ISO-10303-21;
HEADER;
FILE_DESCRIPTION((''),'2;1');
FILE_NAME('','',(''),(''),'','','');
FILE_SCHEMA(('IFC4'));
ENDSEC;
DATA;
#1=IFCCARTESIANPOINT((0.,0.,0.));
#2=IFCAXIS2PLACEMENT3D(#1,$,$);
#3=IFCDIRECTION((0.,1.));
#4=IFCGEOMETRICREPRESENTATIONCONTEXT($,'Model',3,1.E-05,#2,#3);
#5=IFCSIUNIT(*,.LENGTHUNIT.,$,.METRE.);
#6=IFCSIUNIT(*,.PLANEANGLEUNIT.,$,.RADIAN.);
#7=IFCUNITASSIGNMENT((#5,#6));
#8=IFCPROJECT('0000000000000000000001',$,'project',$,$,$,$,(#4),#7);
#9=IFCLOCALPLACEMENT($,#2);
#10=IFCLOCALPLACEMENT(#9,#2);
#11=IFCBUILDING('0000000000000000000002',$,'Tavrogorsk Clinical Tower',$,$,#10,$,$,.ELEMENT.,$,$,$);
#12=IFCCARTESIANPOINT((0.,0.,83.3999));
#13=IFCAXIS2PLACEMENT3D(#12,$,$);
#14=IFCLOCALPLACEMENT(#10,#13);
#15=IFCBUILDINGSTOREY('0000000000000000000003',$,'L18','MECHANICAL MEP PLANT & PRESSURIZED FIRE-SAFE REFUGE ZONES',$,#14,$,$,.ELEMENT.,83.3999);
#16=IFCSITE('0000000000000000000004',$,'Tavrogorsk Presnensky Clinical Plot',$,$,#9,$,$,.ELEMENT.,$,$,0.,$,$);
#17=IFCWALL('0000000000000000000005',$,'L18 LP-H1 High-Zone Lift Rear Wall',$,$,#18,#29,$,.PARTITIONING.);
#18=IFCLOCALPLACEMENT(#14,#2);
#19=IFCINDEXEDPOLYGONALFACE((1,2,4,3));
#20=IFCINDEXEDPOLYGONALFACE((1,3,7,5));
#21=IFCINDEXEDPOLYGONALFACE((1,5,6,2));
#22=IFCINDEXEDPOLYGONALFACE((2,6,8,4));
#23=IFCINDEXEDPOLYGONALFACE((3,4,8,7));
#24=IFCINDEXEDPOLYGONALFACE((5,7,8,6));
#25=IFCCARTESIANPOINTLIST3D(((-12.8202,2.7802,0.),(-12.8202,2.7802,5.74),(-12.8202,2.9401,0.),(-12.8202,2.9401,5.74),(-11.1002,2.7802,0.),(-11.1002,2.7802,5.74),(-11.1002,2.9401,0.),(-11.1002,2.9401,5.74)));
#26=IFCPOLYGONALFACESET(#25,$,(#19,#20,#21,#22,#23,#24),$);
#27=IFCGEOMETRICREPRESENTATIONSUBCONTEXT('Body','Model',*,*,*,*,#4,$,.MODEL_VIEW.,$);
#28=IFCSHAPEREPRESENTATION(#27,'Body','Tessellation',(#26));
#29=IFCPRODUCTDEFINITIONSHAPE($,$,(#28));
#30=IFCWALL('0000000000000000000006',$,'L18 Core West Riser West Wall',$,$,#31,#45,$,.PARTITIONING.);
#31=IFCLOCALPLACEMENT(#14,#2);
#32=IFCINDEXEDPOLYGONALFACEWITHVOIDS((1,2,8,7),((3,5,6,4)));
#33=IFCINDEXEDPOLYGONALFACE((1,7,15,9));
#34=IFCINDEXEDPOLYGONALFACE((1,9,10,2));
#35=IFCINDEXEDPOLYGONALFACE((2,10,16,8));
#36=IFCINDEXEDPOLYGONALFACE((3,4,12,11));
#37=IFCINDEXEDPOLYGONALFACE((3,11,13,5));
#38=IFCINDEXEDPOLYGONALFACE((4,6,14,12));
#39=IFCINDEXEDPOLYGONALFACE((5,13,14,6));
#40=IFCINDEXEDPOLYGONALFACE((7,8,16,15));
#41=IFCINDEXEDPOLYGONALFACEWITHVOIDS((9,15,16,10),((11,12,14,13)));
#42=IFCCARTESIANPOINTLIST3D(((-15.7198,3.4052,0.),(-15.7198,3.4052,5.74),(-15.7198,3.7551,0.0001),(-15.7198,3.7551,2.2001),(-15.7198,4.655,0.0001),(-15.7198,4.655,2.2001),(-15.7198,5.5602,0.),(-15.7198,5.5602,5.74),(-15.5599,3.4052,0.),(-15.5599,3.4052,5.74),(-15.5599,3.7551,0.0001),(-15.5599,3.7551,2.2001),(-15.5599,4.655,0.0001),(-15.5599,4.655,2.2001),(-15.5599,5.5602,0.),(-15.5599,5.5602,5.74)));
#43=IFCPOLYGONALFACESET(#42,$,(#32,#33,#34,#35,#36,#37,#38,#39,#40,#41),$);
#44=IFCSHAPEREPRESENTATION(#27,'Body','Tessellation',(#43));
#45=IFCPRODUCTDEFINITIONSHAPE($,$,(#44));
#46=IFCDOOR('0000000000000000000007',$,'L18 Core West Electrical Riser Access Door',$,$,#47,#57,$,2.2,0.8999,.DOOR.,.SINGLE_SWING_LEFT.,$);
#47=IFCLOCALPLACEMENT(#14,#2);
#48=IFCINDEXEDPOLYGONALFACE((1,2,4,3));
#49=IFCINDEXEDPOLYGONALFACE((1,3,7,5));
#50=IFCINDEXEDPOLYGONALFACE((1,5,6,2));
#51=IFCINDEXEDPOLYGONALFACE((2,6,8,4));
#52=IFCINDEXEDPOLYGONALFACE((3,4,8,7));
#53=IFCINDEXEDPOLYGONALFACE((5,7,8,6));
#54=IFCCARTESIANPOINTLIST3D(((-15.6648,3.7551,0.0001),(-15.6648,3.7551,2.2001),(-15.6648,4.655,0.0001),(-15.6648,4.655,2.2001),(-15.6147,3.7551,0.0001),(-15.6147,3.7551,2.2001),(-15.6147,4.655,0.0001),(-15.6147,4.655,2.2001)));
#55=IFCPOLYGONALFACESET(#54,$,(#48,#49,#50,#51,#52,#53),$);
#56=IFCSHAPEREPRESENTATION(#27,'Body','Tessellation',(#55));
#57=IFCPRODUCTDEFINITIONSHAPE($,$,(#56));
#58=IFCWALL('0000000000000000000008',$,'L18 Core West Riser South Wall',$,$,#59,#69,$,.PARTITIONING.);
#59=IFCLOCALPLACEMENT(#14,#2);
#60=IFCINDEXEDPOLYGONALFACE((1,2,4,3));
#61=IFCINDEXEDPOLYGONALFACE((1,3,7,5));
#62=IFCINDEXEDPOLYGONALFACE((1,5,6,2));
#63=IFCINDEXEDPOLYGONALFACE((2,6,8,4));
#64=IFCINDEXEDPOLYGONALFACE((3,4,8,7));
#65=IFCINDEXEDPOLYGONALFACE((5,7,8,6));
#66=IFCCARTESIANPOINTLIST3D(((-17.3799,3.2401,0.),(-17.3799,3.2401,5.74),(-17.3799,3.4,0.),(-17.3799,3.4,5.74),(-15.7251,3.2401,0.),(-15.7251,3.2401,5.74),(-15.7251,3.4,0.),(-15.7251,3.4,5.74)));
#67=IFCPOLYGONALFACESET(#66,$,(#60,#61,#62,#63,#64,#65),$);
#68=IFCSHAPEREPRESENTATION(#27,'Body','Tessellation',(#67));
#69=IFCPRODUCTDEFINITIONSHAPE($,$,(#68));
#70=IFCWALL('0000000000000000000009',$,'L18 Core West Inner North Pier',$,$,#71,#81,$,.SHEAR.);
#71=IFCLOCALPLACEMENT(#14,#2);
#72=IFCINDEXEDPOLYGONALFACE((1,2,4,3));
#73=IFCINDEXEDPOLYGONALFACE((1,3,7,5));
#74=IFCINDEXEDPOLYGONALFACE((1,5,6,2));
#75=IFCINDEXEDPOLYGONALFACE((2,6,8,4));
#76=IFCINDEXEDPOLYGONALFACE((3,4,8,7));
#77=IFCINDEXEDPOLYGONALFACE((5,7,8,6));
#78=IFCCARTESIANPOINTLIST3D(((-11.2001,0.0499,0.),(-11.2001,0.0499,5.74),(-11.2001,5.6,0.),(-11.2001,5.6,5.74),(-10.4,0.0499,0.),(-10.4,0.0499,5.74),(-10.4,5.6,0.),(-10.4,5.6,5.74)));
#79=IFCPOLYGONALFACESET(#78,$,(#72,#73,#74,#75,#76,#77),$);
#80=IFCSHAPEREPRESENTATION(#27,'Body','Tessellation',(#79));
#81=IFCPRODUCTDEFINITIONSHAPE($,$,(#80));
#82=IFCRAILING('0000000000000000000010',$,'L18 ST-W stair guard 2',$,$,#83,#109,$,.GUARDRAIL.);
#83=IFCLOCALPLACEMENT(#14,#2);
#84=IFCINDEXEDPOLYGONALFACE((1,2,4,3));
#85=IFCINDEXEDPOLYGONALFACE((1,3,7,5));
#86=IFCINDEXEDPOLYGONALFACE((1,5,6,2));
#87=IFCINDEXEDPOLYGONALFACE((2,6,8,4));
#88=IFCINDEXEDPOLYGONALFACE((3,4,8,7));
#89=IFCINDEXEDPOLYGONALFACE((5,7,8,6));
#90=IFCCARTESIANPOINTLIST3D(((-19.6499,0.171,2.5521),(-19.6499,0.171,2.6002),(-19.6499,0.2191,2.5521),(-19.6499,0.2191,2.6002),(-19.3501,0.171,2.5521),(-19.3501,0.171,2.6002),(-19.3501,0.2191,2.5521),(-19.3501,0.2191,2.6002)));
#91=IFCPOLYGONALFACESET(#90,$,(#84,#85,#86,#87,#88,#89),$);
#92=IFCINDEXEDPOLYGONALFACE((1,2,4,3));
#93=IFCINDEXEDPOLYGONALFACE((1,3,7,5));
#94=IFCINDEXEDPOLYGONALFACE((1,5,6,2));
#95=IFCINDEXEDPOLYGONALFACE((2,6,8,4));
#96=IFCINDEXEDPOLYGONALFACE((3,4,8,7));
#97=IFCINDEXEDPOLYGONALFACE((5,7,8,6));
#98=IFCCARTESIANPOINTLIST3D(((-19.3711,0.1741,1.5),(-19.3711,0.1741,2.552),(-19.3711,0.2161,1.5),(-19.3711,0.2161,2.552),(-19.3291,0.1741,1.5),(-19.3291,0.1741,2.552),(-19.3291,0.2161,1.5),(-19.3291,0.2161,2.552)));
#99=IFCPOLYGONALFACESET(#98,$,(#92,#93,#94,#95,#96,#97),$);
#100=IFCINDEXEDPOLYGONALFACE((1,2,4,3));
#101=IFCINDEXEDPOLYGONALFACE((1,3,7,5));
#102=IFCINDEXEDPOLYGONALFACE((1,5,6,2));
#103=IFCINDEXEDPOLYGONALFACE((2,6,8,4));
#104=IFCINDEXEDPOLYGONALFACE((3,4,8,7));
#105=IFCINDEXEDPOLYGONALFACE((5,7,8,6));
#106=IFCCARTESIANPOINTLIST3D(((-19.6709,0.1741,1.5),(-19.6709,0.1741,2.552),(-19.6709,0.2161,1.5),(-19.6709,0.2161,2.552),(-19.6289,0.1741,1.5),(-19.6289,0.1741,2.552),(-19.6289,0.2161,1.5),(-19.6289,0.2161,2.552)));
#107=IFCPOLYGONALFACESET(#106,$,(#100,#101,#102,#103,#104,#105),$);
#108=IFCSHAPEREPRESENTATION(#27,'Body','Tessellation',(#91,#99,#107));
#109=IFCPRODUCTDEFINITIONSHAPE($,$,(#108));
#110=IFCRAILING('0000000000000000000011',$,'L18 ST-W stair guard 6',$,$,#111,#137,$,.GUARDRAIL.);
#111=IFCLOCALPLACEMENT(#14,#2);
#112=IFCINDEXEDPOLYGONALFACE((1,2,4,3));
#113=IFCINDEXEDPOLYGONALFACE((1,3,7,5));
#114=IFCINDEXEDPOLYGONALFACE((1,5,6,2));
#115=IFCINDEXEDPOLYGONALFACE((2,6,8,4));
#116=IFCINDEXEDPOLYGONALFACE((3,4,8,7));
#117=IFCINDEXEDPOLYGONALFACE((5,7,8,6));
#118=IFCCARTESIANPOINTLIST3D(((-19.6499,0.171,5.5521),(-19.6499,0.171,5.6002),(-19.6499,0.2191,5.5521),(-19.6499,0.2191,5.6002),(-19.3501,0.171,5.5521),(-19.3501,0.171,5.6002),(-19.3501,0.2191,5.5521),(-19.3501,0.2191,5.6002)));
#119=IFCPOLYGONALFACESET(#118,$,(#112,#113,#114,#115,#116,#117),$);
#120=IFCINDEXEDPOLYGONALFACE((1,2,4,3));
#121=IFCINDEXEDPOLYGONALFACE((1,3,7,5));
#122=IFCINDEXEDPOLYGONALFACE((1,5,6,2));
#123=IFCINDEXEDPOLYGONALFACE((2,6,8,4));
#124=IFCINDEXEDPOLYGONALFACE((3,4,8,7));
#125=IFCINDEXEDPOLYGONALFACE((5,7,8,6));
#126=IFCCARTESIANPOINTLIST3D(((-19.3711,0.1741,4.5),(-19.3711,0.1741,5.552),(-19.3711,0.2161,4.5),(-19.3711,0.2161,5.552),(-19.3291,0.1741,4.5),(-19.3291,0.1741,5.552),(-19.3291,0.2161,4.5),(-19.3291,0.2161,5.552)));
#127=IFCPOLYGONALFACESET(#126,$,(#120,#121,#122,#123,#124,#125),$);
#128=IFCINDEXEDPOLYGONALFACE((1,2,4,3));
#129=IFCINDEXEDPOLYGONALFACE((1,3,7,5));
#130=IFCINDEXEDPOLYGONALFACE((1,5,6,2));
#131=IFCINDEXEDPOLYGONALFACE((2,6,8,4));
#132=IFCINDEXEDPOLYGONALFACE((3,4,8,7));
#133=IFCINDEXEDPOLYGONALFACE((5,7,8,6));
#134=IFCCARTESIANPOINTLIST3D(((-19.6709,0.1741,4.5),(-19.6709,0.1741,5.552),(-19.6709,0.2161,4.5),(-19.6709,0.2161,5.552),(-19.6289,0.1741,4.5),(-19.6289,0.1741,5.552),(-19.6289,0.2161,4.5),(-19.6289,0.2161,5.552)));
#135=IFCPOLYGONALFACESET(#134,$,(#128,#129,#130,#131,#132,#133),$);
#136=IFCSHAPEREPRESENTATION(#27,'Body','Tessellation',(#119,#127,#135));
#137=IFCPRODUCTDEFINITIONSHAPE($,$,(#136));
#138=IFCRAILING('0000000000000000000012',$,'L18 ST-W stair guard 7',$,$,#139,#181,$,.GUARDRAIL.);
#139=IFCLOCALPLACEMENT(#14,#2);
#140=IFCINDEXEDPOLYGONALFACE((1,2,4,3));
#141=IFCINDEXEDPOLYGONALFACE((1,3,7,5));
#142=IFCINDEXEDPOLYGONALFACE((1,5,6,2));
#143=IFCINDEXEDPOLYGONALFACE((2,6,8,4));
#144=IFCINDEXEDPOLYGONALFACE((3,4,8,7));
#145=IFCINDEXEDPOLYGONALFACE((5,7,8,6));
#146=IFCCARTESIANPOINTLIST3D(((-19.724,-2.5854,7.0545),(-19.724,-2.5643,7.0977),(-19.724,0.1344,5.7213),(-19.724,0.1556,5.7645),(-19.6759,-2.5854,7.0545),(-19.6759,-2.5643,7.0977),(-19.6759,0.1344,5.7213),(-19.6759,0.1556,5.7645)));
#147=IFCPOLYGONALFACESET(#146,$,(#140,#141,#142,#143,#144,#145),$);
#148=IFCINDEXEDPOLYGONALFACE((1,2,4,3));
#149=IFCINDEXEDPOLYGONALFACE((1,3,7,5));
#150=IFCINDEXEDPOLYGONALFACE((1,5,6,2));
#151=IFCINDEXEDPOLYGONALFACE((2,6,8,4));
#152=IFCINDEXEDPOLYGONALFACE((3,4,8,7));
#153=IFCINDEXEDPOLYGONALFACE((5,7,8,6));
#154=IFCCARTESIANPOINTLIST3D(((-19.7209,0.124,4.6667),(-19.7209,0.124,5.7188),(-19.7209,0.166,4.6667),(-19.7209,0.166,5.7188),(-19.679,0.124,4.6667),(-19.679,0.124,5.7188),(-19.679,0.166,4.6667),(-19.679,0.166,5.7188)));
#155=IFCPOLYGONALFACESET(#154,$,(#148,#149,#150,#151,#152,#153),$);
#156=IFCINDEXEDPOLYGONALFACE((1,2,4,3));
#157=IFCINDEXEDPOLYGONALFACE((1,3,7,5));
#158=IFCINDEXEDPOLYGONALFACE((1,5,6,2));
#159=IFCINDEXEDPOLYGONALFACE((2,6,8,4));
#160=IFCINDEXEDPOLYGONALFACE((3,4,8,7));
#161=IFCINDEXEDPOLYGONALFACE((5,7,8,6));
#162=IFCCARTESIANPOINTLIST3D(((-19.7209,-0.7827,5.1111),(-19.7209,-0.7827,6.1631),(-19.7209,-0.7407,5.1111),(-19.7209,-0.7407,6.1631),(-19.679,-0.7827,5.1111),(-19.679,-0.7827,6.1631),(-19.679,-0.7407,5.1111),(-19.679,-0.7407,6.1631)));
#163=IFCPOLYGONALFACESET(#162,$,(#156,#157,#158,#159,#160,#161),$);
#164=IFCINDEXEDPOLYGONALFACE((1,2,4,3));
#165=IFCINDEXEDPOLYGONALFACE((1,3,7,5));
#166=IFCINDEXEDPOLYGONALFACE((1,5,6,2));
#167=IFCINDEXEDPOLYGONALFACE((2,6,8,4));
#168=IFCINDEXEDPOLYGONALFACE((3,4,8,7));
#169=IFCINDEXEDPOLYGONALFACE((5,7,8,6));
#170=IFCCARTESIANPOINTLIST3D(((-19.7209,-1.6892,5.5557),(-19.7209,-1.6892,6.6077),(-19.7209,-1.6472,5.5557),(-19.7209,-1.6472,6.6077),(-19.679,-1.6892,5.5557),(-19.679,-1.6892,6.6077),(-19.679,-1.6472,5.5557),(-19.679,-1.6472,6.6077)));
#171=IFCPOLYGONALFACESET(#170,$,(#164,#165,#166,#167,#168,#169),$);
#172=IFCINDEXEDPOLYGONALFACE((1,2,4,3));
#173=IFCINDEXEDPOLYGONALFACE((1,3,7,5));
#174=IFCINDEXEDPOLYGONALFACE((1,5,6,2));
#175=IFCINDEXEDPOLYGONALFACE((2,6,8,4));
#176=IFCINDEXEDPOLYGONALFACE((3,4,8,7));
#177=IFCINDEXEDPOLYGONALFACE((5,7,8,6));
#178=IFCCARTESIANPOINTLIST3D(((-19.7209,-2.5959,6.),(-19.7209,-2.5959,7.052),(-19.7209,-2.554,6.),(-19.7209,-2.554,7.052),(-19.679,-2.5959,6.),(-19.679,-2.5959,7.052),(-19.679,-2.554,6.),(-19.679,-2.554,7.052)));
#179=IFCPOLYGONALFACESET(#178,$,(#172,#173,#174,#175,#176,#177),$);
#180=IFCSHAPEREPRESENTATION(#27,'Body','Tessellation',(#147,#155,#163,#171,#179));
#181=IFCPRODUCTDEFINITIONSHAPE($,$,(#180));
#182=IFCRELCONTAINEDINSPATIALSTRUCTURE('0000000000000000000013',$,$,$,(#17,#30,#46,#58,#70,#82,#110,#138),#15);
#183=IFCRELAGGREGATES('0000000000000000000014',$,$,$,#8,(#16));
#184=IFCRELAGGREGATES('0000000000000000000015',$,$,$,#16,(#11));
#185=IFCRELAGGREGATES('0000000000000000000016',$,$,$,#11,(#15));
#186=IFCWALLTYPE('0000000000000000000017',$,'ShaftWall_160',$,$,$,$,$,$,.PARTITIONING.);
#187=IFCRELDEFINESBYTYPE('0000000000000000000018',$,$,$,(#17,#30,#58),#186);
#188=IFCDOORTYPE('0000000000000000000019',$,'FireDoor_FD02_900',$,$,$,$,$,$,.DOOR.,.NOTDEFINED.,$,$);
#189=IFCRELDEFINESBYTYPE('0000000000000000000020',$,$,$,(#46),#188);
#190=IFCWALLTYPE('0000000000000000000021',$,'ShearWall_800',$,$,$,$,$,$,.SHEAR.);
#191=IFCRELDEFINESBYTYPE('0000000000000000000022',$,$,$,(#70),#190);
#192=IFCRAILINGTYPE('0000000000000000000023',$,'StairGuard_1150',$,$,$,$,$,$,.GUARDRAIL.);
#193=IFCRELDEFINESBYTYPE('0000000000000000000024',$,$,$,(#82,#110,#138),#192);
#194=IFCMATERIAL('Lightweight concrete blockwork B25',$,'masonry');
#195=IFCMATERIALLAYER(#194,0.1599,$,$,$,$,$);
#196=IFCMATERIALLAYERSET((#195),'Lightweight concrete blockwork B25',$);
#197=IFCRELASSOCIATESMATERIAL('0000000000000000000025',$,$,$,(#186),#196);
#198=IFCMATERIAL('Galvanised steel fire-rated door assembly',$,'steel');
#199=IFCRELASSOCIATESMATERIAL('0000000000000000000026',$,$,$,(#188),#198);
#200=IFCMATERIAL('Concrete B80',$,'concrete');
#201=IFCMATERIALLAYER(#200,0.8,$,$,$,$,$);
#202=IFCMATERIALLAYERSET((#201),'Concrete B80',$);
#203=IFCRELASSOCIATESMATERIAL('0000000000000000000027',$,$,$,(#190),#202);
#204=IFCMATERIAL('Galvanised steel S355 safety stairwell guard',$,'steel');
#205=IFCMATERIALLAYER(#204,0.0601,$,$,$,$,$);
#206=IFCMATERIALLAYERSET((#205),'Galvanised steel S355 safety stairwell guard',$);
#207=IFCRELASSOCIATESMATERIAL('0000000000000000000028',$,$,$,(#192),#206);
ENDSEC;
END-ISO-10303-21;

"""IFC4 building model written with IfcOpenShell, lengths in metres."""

from ifc_helpers import new_model, si_unit, direction, frame, frame_2d, origin, origin_2d, place, context, subcontext, project, spatial, rectangle, extrude, material, layer, layer_set, type_object, element, fill, save


model = new_model("IFC4")

# Units and contexts
model_context = context("Model", 3, precision=1e-05, world=origin(), true_north=direction((0.0, 1.0)))
body_context = subcontext(model_context, "Body", "Model", "MODEL_VIEW")
ifc_project = project(units=[si_unit("LENGTHUNIT", "METRE"), si_unit("PLANEANGLEUNIT", "RADIAN")], contexts=[model_context])

# Site, building, storey
site_placement = place(None, origin())
site = spatial("IfcSite", under=ifc_project, at=site_placement, Name="Tavrogorsk Presnensky Clinical Plot", CompositionType="ELEMENT", RefElevation=0.0)
building_placement = place(site_placement, origin())
building = spatial("IfcBuilding", under=site, at=building_placement, Name="Tavrogorsk Clinical Tower", CompositionType="ELEMENT")
storey_placement = place(building_placement, frame((0.0, 0.0, 83.3999)))
storey = spatial("IfcBuildingStorey", under=building, at=storey_placement, Name="L18", Description="MECHANICAL MEP PLANT & PRESSURIZED FIRE-SAFE REFUGE ZONES", CompositionType="ELEMENT", Elevation=83.3999)

# Shared definitions
ifc_material_1 = material(Name="Lightweight concrete blockwork B25", Category="masonry")
ifc_layer_1 = layer(ifc_material_1, 0.1599)
ifc_layer_set_1 = layer_set([ifc_layer_1], Name="Lightweight concrete blockwork B25")
wall_type_1 = type_object("IfcWallType", Name="ShaftWall_160", PredefinedType="PARTITIONING", material=ifc_layer_set_1)

# Wall
for number, where, z_axis, x_axis, name in (
    (1, (-12.8201, 2.8601, 0.0), (0.0, 0.0, 1.0), (1.0, 0.0, 0.0), "L18 LP-H1 High-Zone Lift Rear Wall"),
):
    element("IfcWall", number, at=place(storey_placement, frame(where, z_axis=z_axis, x_axis=x_axis)), inside=storey, type_object=wall_type_1, Name=name, PredefinedType="PARTITIONING", context=body_context, shape_type="SweptSolid", body=[
        extrude(rectangle(XDim=1.72, YDim=0.1599, at=frame_2d((0.8599, 0.0))), origin(), (0.0, 0.0, 1.0), 5.74),
    ])

# Wall, opening, door
wall_1_placement = place(storey_placement, frame((-15.6399, 3.405, 0.0), z_axis=(0.0, 0.0, 1.0), x_axis=(0.0, 1.0, 0.0)))
wall_1 = element("IfcWall", 2, at=wall_1_placement, inside=storey, type_object=wall_type_1, Name="L18 Core West Riser West Wall", PredefinedType="PARTITIONING", context=body_context, shape_type="SweptSolid", body=[
    extrude(rectangle(XDim=2.155, YDim=0.1599, at=frame_2d((1.0776, 0.0))), origin(), (0.0, 0.0, 1.0), 5.74),
])
opening_1_placement = place(wall_1_placement, frame((0.3501, 0.0, 0.0)))
opening_1 = element("IfcOpeningElement", 3, at=opening_1_placement, cuts=wall_1, PredefinedType="OPENING", context=body_context, shape_type="SweptSolid", body=[
    extrude(rectangle(XDim=0.8999, YDim=2.2, at=frame_2d((0.45, 1.1001))), frame((0.0, 0.0898, 0.0), z_axis=(0.0, -1.0, 0.0), x_axis=(1.0, 0.0, 0.0)), (0.0, 0.0, 1.0), 0.1799),
])
ifc_material_2 = material(Name="Galvanised steel fire-rated door assembly", Category="steel")
door_type_1 = type_object("IfcDoorType", Name="FireDoor_FD02_900", OperationType="NOTDEFINED", PredefinedType="DOOR", material=ifc_material_2)
door_1_placement = place(opening_1_placement, origin())
door_1 = element("IfcDoor", 4, at=door_1_placement, inside=storey, type_object=door_type_1, Name="L18 Core West Electrical Riser Access Door", OperationType="SINGLE_SWING_LEFT", OverallHeight=2.2, OverallWidth=0.8999, PredefinedType="DOOR", context=body_context, shape_type="SweptSolid", body=[
    extrude(rectangle(XDim=0.8999, YDim=2.2, at=frame_2d((0.45, 1.1001))), frame((0.0, 0.0249, 0.0), z_axis=(0.0, -1.0, 0.0), x_axis=(1.0, 0.0, 0.0)), (0.0, 0.0, 1.0), 0.05),
])
fill(opening_1, door_1)

# Walls
wall_2_placement = place(storey_placement, frame((-17.3799, 3.3201, 0.0), z_axis=(0.0, 0.0, 1.0), x_axis=(1.0, 0.0, 0.0)))
element("IfcWall", 5, at=wall_2_placement, inside=storey, type_object=wall_type_1, Name="L18 Core West Riser South Wall", PredefinedType="PARTITIONING", context=body_context, shape_type="SweptSolid", body=[
    extrude(rectangle(XDim=1.6548, YDim=0.1599, at=frame_2d((0.8274, 0.0))), origin(), (0.0, 0.0, 1.0), 5.74),
])
ifc_material_3 = material(Name="Concrete B80", Category="concrete")
ifc_layer_2 = layer(ifc_material_3, 0.8)
ifc_layer_set_2 = layer_set([ifc_layer_2], Name="Concrete B80")
wall_type_2 = type_object("IfcWallType", Name="ShearWall_800", PredefinedType="SHEAR", material=ifc_layer_set_2)
wall_3_placement = place(storey_placement, frame((-10.8, 0.05, 0.0), z_axis=(0.0, 0.0, 1.0), x_axis=(0.0, 1.0, 0.0)))
element("IfcWall", 6, at=wall_3_placement, inside=storey, type_object=wall_type_2, Name="L18 Core West Inner North Pier", PredefinedType="SHEAR", context=body_context, shape_type="SweptSolid", body=[
    extrude(rectangle(XDim=5.55, YDim=0.8, at=frame_2d((2.7749, 0.0))), origin(), (0.0, 0.0, 1.0), 5.74),
])

# Railings
ifc_material_4 = material(Name="Galvanised steel S355 safety stairwell guard", Category="steel")
ifc_layer_3 = layer(ifc_material_4, 0.0601)
ifc_layer_set_3 = layer_set([ifc_layer_3], Name="Galvanised steel S355 safety stairwell guard")
railing_type = type_object("IfcRailingType", Name="StairGuard_1150", PredefinedType="GUARDRAIL", material=ifc_layer_set_3)
for number, where, name in (
    (7, (-19.3501, 0.1951, 1.5), "L18 ST-W stair guard 2"),
    (8, (-19.3501, 0.1951, 4.5), "L18 ST-W stair guard 6"),
):
    element("IfcRailing", number, at=place(storey_placement, frame(where)), inside=storey, type_object=railing_type, Name=name, PredefinedType="GUARDRAIL", context=body_context, shape_type="SweptSolid", body=[
        extrude(rectangle(XDim=0.0481, YDim=0.0481, at=origin_2d()), frame((0.0, 0.0, 1.0762), z_axis=(-1.0, 0.0, 0.0), x_axis=(0.0, -1.0, 0.0)), (0.0, 0.0, 1.0), 0.2998),
        extrude(rectangle(XDim=0.042, YDim=0.042, at=origin_2d()), origin(), (0.0, 0.0, 1.0), 1.052),
        extrude(rectangle(XDim=0.042, YDim=0.042, at=origin_2d()), frame((-0.2998, 0.0, 0.0)), (0.0, 0.0, 1.0), 1.052),
    ])
railing_placement = place(storey_placement, frame((-19.7, 0.145, 4.6667)))
element("IfcRailing", 9, at=railing_placement, inside=storey, type_object=railing_type, Name="L18 ST-W stair guard 7", PredefinedType="GUARDRAIL", context=body_context, shape_type="SweptSolid", body=[
    extrude(rectangle(XDim=0.0481, YDim=0.0481, at=origin_2d()), frame((0.0, 0.0, 1.0762), z_axis=(0.0, -0.897929, 0.440139), x_axis=(1.0, 0.0, 0.0)), (0.0, 0.0, 1.0), 3.0291),
    extrude(rectangle(XDim=0.042, YDim=0.042, at=origin_2d()), origin(), (0.0, 0.0, 1.0), 1.052),
    extrude(rectangle(XDim=0.042, YDim=0.042, at=origin_2d()), frame((0.0, -0.9067, 0.4443)), (0.0, 0.0, 1.0), 1.052),
    extrude(rectangle(XDim=0.042, YDim=0.042, at=origin_2d()), frame((0.0, -1.8132, 0.8889)), (0.0, 0.0, 1.0), 1.052),
    extrude(rectangle(XDim=0.042, YDim=0.042, at=origin_2d()), frame((0.0, -2.72, 1.3333)), (0.0, 0.0, 1.0), 1.052),
])

save(model, "model.ifc")
